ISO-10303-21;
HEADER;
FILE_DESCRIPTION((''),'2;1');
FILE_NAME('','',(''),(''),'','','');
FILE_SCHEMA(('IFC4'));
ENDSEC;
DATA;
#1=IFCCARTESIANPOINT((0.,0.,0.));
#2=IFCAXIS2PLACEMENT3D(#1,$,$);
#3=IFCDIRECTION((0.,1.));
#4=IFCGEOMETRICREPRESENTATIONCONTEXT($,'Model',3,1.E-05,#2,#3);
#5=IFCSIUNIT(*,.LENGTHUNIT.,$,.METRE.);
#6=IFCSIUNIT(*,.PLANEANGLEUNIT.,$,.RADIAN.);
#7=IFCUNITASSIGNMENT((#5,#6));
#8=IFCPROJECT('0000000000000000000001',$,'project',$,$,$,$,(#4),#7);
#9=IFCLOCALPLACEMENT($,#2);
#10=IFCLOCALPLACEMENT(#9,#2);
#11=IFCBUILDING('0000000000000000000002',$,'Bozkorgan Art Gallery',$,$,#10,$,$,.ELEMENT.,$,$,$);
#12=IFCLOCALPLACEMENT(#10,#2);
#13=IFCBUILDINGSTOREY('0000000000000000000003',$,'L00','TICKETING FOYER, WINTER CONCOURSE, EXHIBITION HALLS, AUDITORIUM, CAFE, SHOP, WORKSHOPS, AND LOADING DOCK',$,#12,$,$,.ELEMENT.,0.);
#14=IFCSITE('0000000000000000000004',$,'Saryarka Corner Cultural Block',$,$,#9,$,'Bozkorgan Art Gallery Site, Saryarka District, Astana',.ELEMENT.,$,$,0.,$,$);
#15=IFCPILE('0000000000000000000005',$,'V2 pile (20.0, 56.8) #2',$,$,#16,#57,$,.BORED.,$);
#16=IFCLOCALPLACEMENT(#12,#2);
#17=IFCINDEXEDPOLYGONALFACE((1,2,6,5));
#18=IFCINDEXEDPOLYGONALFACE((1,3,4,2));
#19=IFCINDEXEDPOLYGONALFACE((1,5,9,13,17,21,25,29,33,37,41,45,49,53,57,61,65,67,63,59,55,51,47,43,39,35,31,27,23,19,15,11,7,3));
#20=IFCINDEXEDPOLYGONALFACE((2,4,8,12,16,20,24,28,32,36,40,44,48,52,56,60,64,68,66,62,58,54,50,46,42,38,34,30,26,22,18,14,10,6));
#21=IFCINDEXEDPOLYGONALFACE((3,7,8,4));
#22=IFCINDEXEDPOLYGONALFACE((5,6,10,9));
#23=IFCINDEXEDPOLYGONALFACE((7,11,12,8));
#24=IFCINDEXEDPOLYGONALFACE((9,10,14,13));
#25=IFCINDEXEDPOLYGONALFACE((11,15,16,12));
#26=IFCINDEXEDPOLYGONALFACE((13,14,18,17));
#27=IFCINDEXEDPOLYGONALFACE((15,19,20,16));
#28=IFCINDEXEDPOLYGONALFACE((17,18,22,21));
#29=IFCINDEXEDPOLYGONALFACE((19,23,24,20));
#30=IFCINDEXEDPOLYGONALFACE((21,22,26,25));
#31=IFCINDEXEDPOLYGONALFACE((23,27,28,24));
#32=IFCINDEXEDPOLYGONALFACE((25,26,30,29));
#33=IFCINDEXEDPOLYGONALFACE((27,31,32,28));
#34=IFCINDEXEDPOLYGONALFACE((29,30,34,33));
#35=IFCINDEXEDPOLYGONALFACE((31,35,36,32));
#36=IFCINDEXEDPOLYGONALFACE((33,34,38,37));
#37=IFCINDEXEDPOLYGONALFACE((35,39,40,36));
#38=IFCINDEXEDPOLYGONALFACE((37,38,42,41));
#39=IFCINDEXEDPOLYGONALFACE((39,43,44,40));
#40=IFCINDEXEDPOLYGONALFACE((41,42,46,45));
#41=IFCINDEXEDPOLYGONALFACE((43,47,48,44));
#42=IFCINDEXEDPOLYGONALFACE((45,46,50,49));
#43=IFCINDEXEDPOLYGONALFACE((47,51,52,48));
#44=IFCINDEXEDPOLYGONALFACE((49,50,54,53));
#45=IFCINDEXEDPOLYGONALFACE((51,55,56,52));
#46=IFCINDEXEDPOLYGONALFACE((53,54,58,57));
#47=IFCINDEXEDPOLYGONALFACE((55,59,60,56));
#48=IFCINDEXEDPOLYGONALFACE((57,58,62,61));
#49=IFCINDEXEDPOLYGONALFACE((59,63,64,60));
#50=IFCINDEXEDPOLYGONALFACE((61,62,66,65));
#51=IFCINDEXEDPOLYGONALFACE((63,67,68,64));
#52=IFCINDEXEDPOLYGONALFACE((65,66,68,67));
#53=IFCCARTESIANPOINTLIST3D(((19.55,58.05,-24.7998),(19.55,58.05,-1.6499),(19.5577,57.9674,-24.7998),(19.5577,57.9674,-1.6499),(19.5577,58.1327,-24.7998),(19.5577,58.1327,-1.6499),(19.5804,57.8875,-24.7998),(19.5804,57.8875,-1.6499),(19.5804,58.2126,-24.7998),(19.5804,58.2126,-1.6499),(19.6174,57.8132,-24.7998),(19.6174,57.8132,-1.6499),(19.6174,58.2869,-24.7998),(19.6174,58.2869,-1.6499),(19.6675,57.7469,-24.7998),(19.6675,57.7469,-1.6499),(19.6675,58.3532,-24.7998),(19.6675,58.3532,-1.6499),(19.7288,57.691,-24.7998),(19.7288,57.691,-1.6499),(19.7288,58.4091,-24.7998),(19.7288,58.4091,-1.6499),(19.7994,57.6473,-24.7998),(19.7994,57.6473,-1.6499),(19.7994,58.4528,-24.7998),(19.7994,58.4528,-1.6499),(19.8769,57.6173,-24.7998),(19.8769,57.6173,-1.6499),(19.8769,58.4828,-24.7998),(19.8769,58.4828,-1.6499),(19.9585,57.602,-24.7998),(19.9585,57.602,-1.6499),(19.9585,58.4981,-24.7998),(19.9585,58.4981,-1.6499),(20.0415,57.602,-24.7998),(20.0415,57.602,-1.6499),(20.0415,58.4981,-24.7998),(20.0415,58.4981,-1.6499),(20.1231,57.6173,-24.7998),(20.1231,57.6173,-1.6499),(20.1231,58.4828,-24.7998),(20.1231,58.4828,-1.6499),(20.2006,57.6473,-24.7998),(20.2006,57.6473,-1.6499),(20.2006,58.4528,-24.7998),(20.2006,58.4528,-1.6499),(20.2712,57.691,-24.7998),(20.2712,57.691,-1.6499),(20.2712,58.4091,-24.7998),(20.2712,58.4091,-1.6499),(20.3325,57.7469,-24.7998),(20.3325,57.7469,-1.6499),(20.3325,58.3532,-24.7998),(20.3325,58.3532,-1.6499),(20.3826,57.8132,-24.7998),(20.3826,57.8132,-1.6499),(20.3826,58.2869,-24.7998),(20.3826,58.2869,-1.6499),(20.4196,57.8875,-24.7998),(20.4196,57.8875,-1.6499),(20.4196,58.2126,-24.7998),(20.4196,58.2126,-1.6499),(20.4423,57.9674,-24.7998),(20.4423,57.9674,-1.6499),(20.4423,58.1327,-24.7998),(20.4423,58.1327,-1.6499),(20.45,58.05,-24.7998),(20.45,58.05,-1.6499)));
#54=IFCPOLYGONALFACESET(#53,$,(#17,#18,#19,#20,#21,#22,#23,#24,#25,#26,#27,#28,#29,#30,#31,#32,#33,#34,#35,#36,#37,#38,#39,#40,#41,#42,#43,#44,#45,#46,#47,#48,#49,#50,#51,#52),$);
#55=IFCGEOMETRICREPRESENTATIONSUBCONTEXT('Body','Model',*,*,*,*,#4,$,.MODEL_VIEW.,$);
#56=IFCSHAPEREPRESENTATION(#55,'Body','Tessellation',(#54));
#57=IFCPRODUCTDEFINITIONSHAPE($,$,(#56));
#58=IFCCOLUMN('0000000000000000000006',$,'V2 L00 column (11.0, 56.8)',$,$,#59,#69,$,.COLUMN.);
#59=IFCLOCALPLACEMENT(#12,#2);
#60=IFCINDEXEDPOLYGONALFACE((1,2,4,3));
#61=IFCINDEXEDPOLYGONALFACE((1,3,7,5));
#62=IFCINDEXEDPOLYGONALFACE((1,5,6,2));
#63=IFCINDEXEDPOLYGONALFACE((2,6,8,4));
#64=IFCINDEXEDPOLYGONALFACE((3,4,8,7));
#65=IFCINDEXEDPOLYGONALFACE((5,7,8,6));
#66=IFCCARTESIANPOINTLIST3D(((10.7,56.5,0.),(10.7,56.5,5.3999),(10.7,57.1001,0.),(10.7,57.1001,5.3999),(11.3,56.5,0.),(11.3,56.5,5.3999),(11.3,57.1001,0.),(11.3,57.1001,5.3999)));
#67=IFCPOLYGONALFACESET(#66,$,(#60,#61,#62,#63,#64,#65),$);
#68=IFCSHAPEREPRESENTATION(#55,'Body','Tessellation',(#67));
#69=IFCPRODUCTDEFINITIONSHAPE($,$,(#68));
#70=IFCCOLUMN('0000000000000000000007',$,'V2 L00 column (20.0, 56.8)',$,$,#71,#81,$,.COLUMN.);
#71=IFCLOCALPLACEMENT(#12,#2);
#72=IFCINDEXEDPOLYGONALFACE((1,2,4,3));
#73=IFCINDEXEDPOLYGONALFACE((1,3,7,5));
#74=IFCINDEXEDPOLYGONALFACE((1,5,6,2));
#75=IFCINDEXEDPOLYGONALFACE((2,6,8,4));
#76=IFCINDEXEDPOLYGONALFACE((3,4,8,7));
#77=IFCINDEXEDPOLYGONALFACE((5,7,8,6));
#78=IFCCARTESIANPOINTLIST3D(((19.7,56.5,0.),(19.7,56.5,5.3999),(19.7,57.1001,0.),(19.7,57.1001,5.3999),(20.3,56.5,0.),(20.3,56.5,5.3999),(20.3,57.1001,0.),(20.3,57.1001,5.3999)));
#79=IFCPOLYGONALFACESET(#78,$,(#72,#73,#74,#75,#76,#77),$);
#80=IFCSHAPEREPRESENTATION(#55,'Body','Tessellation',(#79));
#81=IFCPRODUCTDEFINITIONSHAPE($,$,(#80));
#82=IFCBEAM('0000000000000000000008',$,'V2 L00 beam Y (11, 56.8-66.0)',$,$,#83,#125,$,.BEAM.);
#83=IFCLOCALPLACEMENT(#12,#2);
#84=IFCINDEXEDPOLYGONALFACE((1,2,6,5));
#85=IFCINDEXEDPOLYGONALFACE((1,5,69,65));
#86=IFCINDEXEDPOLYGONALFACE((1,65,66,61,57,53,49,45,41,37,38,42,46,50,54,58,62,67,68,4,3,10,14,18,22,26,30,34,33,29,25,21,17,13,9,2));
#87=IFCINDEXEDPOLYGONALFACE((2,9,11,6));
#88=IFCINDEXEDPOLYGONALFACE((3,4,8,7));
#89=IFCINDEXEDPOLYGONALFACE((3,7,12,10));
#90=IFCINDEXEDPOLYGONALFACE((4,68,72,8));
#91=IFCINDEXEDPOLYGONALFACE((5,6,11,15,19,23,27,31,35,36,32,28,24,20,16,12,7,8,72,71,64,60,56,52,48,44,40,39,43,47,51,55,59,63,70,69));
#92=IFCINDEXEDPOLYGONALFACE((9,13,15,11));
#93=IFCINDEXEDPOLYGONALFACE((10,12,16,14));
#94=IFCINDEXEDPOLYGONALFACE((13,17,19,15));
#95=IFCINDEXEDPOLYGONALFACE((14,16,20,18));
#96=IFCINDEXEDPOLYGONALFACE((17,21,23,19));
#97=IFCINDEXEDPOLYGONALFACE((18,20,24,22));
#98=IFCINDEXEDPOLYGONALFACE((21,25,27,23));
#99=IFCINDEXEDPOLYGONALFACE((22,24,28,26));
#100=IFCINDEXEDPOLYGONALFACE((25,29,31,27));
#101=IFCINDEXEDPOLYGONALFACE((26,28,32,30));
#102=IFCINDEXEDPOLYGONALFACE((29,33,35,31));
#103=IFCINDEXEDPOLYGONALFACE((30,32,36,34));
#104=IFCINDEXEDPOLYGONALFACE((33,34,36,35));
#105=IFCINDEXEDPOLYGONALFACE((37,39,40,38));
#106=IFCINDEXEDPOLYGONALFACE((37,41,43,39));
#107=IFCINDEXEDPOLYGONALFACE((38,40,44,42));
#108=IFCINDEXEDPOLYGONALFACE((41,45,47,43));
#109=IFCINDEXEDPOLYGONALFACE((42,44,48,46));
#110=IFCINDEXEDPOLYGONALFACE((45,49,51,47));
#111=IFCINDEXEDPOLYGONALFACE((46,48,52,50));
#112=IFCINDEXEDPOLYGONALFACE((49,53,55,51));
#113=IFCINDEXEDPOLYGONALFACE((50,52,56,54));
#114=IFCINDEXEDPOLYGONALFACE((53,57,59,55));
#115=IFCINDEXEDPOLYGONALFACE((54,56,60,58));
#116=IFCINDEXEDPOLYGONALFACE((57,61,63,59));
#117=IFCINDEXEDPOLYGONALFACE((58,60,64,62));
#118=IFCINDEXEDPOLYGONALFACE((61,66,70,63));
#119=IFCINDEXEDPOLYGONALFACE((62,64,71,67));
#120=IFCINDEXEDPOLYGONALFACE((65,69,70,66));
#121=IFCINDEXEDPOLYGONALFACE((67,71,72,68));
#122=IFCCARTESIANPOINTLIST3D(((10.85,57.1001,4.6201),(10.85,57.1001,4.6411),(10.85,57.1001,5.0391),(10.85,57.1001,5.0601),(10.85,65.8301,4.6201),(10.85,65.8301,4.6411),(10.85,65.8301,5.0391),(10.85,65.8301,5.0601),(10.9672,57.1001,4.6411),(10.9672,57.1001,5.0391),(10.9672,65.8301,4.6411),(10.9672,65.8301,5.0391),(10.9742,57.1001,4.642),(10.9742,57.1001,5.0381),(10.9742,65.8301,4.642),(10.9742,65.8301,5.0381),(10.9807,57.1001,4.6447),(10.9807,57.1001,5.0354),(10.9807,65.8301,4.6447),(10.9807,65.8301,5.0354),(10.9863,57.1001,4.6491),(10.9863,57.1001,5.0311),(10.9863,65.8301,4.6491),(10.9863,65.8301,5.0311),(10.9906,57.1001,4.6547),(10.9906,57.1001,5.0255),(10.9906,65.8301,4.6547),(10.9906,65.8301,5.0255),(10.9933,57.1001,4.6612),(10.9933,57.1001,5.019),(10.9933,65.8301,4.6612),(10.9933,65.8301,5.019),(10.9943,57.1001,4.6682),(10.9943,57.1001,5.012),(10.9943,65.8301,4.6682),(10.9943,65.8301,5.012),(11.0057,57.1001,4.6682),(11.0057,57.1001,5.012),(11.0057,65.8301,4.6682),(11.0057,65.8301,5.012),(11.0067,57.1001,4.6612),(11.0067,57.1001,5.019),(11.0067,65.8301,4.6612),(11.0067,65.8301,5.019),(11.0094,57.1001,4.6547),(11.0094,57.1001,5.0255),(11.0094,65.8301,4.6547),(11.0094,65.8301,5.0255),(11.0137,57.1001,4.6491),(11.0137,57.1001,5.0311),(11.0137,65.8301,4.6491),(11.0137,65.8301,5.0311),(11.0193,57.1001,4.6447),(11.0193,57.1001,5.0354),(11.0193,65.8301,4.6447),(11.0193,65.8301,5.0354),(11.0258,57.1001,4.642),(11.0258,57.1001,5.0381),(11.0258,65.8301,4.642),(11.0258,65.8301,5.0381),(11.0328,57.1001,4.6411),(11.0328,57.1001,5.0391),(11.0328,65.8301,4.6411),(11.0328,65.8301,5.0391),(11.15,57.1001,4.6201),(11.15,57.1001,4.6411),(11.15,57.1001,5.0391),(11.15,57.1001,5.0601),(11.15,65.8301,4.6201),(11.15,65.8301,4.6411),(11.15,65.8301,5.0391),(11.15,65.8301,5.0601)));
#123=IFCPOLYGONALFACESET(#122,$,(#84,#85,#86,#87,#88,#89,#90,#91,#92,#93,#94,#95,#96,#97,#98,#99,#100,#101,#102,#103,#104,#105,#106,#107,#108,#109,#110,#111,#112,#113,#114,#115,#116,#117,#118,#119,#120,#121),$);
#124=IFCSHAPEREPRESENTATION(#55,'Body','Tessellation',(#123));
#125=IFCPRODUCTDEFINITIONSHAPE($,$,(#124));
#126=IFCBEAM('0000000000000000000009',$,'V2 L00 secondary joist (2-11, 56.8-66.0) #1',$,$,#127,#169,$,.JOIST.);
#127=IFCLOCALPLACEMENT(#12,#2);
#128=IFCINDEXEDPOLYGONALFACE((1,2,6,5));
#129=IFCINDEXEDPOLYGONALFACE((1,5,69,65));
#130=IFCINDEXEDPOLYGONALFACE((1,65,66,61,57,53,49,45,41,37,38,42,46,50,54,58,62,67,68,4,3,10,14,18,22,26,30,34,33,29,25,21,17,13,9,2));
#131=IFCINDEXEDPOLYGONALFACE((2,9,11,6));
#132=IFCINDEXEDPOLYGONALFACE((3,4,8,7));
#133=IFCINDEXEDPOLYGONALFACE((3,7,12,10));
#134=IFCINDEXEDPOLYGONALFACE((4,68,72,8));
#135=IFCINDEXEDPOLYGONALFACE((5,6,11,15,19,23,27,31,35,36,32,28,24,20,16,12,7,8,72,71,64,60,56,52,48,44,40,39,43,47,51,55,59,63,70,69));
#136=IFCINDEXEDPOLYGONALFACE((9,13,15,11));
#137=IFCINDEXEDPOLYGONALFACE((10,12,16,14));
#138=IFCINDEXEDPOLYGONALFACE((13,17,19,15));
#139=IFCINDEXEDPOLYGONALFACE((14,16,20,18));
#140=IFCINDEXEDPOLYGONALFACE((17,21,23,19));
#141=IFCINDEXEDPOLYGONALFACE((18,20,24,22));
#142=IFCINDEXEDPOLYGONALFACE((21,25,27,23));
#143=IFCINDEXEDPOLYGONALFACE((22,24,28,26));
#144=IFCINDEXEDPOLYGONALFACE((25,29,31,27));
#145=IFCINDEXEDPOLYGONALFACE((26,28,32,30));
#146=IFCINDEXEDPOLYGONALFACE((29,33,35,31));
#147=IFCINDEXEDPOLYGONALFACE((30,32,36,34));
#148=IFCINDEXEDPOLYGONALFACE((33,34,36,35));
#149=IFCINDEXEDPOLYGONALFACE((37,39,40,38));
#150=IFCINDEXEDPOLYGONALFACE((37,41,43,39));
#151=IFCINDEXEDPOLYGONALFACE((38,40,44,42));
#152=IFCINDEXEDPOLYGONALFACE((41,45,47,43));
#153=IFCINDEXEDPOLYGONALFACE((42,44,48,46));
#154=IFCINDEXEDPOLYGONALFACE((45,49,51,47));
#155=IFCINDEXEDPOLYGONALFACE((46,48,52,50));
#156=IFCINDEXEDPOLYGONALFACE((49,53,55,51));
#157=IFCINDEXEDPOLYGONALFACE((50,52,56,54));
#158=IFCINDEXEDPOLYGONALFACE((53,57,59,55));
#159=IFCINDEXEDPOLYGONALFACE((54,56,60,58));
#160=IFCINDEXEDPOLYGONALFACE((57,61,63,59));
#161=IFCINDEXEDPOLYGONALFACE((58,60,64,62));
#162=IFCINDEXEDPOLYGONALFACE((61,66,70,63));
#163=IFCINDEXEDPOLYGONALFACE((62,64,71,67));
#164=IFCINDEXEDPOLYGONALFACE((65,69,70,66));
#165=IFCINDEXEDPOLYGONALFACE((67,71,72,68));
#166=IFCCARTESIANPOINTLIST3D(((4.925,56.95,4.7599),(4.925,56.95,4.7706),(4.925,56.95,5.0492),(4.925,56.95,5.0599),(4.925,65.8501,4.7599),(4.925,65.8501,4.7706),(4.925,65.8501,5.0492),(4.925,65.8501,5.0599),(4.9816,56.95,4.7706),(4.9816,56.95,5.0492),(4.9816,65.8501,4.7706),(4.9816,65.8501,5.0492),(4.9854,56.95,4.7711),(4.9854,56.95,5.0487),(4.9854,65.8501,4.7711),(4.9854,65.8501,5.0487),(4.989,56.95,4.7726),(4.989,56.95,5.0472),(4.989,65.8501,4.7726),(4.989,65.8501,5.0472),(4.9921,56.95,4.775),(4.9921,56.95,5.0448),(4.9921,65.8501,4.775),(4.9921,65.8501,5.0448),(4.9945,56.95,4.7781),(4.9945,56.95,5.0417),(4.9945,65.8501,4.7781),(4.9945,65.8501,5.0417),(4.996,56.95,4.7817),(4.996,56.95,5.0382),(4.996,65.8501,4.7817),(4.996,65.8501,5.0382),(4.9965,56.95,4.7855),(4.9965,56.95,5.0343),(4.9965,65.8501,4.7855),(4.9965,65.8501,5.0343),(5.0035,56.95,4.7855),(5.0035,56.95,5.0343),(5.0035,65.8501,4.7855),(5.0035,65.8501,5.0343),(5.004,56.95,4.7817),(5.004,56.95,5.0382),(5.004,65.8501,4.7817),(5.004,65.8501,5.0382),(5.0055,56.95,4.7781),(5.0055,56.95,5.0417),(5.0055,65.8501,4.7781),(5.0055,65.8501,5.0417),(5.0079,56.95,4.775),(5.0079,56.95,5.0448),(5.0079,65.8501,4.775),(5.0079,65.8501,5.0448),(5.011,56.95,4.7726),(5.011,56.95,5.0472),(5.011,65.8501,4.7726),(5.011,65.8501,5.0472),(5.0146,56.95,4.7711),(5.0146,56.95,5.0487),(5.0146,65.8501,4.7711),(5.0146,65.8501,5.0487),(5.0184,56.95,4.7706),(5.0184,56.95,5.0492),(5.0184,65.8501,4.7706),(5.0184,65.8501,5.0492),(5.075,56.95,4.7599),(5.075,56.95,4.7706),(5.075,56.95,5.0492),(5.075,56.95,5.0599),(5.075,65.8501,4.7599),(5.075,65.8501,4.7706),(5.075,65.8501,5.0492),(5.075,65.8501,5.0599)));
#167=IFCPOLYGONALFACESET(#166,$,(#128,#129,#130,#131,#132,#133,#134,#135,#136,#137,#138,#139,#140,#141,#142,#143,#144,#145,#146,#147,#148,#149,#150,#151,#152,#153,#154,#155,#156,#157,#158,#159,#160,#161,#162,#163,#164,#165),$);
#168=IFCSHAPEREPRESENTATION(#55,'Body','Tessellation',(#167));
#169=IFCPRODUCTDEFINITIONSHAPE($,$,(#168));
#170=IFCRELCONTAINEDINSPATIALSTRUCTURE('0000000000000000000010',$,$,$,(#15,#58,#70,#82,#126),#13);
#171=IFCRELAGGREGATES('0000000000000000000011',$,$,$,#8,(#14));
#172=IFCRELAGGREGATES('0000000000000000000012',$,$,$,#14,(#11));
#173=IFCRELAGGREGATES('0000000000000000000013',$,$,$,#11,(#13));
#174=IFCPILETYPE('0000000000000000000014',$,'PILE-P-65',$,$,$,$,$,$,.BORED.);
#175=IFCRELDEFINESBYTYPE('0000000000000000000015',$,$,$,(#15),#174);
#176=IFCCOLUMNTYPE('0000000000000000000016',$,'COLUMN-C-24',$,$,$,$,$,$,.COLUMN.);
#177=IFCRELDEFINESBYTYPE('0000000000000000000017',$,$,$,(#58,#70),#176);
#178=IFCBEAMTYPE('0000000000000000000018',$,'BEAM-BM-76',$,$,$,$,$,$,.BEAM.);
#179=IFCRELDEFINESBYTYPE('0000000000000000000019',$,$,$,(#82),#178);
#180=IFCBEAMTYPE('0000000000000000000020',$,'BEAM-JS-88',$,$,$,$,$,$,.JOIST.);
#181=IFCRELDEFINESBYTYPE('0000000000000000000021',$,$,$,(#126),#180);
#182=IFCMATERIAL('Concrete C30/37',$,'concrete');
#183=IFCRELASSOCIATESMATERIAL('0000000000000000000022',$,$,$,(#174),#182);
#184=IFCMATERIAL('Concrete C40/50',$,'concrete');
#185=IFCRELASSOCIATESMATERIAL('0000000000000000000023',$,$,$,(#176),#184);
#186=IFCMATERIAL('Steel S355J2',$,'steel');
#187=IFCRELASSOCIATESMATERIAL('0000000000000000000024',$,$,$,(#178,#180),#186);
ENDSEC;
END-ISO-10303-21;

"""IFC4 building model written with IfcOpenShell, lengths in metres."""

from ifc_helpers import new_model, si_unit, direction, frame, origin, origin_2d, place, context, subcontext, project, spatial, rectangle, circle, i_section, extrude, material, material_profile, profile_set, type_object, element, save


model = new_model("IFC4")

# Units and contexts
model_context = context("Model", 3, precision=1e-05, world=origin(), true_north=direction((0.0, 1.0)))
body_context = subcontext(model_context, "Body", "Model", "MODEL_VIEW")
ifc_project = project(units=[si_unit("LENGTHUNIT", "METRE"), si_unit("PLANEANGLEUNIT", "RADIAN")], contexts=[model_context])

# Site, building, storey
site_placement = place(None, origin())
site = spatial("IfcSite", under=ifc_project, at=site_placement, Name="Saryarka Corner Cultural Block", LongName="Bozkorgan Art Gallery Site, Saryarka District, Astana", CompositionType="ELEMENT", RefElevation=0.0)
building_placement = place(site_placement, origin())
building = spatial("IfcBuilding", under=site, at=building_placement, Name="Bozkorgan Art Gallery", CompositionType="ELEMENT")
storey_placement = place(building_placement, origin())
storey = spatial("IfcBuildingStorey", under=building, at=storey_placement, Name="L00", Description="TICKETING FOYER, WINTER CONCOURSE, EXHIBITION HALLS, AUDITORIUM, CAFE, SHOP, WORKSHOPS, AND LOADING DOCK", CompositionType="ELEMENT", Elevation=0.0)

# Shared definitions
ifc_material_1 = material(Name="Concrete C30/37", Category="concrete")

# Pile
ifc_material_profile_1 = material_profile(ifc_material_1, circle(Radius=0.45, at=origin_2d()), Name="PILE D900")
ifc_profile_set_1 = profile_set([ifc_material_profile_1], Name="Concrete C30/37")
pile_type = type_object("IfcPileType", Name="PILE-P-65", PredefinedType="BORED", material=ifc_profile_set_1)
for number, where, z_axis, x_axis, name in (
    (1, (20.0, 58.05, -1.6499), (0.0, 0.0, -1.0), (1.0, 0.0, 0.0), "V2 pile (20.0, 56.8) #2"),
):
    element("IfcPile", number, at=place(storey_placement, frame(where, z_axis=z_axis, x_axis=x_axis)), inside=storey, type_object=pile_type, Name=name, PredefinedType="BORED", context=body_context, shape_type="SweptSolid", body=[
        extrude(circle(Radius=0.45, at=origin_2d()), origin(), (0.0, 0.0, 1.0), 23.1499),
    ])

# Columns
ifc_material_2 = material(Name="Concrete C40/50", Category="concrete")
ifc_material_profile_2 = material_profile(ifc_material_2, rectangle(XDim=0.6001, YDim=0.6001, at=origin_2d()), Name="RC 600x600")
ifc_profile_set_2 = profile_set([ifc_material_profile_2], Name="Concrete C40/50")
column_type = type_object("IfcColumnType", Name="COLUMN-C-24", PredefinedType="COLUMN", material=ifc_profile_set_2)
for number, where, z_axis, x_axis, name in (
    (2, (11.0, 56.8, 0.0), (0.0, 0.0, 1.0), (1.0, 0.0, 0.0), "V2 L00 column (11.0, 56.8)"),
    (3, (20.0, 56.8, 0.0), (0.0, 0.0, 1.0), (1.0, 0.0, 0.0), "V2 L00 column (20.0, 56.8)"),
):
    element("IfcColumn", number, at=place(storey_placement, frame(where, z_axis=z_axis, x_axis=x_axis)), inside=storey, type_object=column_type, Name=name, PredefinedType="COLUMN", context=body_context, shape_type="SweptSolid", body=[
        extrude(rectangle(XDim=0.6001, YDim=0.6001, at=origin_2d()), origin(), (0.0, 0.0, 1.0), 5.3999),
    ])

# Beams
ifc_material_3 = material(Name="Steel S355J2", Category="steel")
ifc_material_profile_3 = material_profile(ifc_material_3, i_section(OverallWidth=0.3, OverallDepth=0.4399, WebThickness=0.0115, FlangeThickness=0.021, FilletRadius=0.0271, at=origin_2d()), Name="HEA 450")
ifc_profile_set_3 = profile_set([ifc_material_profile_3], Name="Steel S355J2")
beam_type_1 = type_object("IfcBeamType", Name="BEAM-BM-76", PredefinedType="BEAM", material=ifc_profile_set_3)
beam_1_placement = place(storey_placement, frame((11.0, 57.1001, 4.8401), z_axis=(0.0, 1.0, 0.0), x_axis=(-1.0, 0.0, 0.0)))
element("IfcBeam", 4, at=beam_1_placement, inside=storey, type_object=beam_type_1, Name="V2 L00 beam Y (11, 56.8-66.0)", PredefinedType="BEAM", context=body_context, shape_type="SweptSolid", body=[
    extrude(i_section(OverallWidth=0.3, OverallDepth=0.4399, WebThickness=0.0115, FlangeThickness=0.021, FilletRadius=0.0271, at=origin_2d()), origin(), (0.0, 0.0, 1.0), 8.73),
])
ifc_material_profile_4 = material_profile(ifc_material_3, i_section(OverallWidth=0.1499, OverallDepth=0.3, WebThickness=0.0071, FlangeThickness=0.0107, FilletRadius=0.0149, at=origin_2d()), Name="IPE 300")
ifc_profile_set_4 = profile_set([ifc_material_profile_4], Name="Steel S355J2")
beam_type_2 = type_object("IfcBeamType", Name="BEAM-JS-88", PredefinedType="JOIST", material=ifc_profile_set_4)
for number, where, z_axis, x_axis, name in (
    (5, (5.0, 56.95, 4.9099), (0.0, 1.0, 0.0), (-1.0, 0.0, 0.0), "V2 L00 secondary joist (2-11, 56.8-66.0) #1"),
):
    element("IfcBeam", number, at=place(storey_placement, frame(where, z_axis=z_axis, x_axis=x_axis)), inside=storey, type_object=beam_type_2, Name=name, PredefinedType="JOIST", context=body_context, shape_type="SweptSolid", body=[
        extrude(i_section(OverallWidth=0.1499, OverallDepth=0.3, WebThickness=0.0071, FlangeThickness=0.0107, FilletRadius=0.0149, at=origin_2d()), origin(), (0.0, 0.0, 1.0), 8.9001),
    ])

save(model, "model.ifc")
